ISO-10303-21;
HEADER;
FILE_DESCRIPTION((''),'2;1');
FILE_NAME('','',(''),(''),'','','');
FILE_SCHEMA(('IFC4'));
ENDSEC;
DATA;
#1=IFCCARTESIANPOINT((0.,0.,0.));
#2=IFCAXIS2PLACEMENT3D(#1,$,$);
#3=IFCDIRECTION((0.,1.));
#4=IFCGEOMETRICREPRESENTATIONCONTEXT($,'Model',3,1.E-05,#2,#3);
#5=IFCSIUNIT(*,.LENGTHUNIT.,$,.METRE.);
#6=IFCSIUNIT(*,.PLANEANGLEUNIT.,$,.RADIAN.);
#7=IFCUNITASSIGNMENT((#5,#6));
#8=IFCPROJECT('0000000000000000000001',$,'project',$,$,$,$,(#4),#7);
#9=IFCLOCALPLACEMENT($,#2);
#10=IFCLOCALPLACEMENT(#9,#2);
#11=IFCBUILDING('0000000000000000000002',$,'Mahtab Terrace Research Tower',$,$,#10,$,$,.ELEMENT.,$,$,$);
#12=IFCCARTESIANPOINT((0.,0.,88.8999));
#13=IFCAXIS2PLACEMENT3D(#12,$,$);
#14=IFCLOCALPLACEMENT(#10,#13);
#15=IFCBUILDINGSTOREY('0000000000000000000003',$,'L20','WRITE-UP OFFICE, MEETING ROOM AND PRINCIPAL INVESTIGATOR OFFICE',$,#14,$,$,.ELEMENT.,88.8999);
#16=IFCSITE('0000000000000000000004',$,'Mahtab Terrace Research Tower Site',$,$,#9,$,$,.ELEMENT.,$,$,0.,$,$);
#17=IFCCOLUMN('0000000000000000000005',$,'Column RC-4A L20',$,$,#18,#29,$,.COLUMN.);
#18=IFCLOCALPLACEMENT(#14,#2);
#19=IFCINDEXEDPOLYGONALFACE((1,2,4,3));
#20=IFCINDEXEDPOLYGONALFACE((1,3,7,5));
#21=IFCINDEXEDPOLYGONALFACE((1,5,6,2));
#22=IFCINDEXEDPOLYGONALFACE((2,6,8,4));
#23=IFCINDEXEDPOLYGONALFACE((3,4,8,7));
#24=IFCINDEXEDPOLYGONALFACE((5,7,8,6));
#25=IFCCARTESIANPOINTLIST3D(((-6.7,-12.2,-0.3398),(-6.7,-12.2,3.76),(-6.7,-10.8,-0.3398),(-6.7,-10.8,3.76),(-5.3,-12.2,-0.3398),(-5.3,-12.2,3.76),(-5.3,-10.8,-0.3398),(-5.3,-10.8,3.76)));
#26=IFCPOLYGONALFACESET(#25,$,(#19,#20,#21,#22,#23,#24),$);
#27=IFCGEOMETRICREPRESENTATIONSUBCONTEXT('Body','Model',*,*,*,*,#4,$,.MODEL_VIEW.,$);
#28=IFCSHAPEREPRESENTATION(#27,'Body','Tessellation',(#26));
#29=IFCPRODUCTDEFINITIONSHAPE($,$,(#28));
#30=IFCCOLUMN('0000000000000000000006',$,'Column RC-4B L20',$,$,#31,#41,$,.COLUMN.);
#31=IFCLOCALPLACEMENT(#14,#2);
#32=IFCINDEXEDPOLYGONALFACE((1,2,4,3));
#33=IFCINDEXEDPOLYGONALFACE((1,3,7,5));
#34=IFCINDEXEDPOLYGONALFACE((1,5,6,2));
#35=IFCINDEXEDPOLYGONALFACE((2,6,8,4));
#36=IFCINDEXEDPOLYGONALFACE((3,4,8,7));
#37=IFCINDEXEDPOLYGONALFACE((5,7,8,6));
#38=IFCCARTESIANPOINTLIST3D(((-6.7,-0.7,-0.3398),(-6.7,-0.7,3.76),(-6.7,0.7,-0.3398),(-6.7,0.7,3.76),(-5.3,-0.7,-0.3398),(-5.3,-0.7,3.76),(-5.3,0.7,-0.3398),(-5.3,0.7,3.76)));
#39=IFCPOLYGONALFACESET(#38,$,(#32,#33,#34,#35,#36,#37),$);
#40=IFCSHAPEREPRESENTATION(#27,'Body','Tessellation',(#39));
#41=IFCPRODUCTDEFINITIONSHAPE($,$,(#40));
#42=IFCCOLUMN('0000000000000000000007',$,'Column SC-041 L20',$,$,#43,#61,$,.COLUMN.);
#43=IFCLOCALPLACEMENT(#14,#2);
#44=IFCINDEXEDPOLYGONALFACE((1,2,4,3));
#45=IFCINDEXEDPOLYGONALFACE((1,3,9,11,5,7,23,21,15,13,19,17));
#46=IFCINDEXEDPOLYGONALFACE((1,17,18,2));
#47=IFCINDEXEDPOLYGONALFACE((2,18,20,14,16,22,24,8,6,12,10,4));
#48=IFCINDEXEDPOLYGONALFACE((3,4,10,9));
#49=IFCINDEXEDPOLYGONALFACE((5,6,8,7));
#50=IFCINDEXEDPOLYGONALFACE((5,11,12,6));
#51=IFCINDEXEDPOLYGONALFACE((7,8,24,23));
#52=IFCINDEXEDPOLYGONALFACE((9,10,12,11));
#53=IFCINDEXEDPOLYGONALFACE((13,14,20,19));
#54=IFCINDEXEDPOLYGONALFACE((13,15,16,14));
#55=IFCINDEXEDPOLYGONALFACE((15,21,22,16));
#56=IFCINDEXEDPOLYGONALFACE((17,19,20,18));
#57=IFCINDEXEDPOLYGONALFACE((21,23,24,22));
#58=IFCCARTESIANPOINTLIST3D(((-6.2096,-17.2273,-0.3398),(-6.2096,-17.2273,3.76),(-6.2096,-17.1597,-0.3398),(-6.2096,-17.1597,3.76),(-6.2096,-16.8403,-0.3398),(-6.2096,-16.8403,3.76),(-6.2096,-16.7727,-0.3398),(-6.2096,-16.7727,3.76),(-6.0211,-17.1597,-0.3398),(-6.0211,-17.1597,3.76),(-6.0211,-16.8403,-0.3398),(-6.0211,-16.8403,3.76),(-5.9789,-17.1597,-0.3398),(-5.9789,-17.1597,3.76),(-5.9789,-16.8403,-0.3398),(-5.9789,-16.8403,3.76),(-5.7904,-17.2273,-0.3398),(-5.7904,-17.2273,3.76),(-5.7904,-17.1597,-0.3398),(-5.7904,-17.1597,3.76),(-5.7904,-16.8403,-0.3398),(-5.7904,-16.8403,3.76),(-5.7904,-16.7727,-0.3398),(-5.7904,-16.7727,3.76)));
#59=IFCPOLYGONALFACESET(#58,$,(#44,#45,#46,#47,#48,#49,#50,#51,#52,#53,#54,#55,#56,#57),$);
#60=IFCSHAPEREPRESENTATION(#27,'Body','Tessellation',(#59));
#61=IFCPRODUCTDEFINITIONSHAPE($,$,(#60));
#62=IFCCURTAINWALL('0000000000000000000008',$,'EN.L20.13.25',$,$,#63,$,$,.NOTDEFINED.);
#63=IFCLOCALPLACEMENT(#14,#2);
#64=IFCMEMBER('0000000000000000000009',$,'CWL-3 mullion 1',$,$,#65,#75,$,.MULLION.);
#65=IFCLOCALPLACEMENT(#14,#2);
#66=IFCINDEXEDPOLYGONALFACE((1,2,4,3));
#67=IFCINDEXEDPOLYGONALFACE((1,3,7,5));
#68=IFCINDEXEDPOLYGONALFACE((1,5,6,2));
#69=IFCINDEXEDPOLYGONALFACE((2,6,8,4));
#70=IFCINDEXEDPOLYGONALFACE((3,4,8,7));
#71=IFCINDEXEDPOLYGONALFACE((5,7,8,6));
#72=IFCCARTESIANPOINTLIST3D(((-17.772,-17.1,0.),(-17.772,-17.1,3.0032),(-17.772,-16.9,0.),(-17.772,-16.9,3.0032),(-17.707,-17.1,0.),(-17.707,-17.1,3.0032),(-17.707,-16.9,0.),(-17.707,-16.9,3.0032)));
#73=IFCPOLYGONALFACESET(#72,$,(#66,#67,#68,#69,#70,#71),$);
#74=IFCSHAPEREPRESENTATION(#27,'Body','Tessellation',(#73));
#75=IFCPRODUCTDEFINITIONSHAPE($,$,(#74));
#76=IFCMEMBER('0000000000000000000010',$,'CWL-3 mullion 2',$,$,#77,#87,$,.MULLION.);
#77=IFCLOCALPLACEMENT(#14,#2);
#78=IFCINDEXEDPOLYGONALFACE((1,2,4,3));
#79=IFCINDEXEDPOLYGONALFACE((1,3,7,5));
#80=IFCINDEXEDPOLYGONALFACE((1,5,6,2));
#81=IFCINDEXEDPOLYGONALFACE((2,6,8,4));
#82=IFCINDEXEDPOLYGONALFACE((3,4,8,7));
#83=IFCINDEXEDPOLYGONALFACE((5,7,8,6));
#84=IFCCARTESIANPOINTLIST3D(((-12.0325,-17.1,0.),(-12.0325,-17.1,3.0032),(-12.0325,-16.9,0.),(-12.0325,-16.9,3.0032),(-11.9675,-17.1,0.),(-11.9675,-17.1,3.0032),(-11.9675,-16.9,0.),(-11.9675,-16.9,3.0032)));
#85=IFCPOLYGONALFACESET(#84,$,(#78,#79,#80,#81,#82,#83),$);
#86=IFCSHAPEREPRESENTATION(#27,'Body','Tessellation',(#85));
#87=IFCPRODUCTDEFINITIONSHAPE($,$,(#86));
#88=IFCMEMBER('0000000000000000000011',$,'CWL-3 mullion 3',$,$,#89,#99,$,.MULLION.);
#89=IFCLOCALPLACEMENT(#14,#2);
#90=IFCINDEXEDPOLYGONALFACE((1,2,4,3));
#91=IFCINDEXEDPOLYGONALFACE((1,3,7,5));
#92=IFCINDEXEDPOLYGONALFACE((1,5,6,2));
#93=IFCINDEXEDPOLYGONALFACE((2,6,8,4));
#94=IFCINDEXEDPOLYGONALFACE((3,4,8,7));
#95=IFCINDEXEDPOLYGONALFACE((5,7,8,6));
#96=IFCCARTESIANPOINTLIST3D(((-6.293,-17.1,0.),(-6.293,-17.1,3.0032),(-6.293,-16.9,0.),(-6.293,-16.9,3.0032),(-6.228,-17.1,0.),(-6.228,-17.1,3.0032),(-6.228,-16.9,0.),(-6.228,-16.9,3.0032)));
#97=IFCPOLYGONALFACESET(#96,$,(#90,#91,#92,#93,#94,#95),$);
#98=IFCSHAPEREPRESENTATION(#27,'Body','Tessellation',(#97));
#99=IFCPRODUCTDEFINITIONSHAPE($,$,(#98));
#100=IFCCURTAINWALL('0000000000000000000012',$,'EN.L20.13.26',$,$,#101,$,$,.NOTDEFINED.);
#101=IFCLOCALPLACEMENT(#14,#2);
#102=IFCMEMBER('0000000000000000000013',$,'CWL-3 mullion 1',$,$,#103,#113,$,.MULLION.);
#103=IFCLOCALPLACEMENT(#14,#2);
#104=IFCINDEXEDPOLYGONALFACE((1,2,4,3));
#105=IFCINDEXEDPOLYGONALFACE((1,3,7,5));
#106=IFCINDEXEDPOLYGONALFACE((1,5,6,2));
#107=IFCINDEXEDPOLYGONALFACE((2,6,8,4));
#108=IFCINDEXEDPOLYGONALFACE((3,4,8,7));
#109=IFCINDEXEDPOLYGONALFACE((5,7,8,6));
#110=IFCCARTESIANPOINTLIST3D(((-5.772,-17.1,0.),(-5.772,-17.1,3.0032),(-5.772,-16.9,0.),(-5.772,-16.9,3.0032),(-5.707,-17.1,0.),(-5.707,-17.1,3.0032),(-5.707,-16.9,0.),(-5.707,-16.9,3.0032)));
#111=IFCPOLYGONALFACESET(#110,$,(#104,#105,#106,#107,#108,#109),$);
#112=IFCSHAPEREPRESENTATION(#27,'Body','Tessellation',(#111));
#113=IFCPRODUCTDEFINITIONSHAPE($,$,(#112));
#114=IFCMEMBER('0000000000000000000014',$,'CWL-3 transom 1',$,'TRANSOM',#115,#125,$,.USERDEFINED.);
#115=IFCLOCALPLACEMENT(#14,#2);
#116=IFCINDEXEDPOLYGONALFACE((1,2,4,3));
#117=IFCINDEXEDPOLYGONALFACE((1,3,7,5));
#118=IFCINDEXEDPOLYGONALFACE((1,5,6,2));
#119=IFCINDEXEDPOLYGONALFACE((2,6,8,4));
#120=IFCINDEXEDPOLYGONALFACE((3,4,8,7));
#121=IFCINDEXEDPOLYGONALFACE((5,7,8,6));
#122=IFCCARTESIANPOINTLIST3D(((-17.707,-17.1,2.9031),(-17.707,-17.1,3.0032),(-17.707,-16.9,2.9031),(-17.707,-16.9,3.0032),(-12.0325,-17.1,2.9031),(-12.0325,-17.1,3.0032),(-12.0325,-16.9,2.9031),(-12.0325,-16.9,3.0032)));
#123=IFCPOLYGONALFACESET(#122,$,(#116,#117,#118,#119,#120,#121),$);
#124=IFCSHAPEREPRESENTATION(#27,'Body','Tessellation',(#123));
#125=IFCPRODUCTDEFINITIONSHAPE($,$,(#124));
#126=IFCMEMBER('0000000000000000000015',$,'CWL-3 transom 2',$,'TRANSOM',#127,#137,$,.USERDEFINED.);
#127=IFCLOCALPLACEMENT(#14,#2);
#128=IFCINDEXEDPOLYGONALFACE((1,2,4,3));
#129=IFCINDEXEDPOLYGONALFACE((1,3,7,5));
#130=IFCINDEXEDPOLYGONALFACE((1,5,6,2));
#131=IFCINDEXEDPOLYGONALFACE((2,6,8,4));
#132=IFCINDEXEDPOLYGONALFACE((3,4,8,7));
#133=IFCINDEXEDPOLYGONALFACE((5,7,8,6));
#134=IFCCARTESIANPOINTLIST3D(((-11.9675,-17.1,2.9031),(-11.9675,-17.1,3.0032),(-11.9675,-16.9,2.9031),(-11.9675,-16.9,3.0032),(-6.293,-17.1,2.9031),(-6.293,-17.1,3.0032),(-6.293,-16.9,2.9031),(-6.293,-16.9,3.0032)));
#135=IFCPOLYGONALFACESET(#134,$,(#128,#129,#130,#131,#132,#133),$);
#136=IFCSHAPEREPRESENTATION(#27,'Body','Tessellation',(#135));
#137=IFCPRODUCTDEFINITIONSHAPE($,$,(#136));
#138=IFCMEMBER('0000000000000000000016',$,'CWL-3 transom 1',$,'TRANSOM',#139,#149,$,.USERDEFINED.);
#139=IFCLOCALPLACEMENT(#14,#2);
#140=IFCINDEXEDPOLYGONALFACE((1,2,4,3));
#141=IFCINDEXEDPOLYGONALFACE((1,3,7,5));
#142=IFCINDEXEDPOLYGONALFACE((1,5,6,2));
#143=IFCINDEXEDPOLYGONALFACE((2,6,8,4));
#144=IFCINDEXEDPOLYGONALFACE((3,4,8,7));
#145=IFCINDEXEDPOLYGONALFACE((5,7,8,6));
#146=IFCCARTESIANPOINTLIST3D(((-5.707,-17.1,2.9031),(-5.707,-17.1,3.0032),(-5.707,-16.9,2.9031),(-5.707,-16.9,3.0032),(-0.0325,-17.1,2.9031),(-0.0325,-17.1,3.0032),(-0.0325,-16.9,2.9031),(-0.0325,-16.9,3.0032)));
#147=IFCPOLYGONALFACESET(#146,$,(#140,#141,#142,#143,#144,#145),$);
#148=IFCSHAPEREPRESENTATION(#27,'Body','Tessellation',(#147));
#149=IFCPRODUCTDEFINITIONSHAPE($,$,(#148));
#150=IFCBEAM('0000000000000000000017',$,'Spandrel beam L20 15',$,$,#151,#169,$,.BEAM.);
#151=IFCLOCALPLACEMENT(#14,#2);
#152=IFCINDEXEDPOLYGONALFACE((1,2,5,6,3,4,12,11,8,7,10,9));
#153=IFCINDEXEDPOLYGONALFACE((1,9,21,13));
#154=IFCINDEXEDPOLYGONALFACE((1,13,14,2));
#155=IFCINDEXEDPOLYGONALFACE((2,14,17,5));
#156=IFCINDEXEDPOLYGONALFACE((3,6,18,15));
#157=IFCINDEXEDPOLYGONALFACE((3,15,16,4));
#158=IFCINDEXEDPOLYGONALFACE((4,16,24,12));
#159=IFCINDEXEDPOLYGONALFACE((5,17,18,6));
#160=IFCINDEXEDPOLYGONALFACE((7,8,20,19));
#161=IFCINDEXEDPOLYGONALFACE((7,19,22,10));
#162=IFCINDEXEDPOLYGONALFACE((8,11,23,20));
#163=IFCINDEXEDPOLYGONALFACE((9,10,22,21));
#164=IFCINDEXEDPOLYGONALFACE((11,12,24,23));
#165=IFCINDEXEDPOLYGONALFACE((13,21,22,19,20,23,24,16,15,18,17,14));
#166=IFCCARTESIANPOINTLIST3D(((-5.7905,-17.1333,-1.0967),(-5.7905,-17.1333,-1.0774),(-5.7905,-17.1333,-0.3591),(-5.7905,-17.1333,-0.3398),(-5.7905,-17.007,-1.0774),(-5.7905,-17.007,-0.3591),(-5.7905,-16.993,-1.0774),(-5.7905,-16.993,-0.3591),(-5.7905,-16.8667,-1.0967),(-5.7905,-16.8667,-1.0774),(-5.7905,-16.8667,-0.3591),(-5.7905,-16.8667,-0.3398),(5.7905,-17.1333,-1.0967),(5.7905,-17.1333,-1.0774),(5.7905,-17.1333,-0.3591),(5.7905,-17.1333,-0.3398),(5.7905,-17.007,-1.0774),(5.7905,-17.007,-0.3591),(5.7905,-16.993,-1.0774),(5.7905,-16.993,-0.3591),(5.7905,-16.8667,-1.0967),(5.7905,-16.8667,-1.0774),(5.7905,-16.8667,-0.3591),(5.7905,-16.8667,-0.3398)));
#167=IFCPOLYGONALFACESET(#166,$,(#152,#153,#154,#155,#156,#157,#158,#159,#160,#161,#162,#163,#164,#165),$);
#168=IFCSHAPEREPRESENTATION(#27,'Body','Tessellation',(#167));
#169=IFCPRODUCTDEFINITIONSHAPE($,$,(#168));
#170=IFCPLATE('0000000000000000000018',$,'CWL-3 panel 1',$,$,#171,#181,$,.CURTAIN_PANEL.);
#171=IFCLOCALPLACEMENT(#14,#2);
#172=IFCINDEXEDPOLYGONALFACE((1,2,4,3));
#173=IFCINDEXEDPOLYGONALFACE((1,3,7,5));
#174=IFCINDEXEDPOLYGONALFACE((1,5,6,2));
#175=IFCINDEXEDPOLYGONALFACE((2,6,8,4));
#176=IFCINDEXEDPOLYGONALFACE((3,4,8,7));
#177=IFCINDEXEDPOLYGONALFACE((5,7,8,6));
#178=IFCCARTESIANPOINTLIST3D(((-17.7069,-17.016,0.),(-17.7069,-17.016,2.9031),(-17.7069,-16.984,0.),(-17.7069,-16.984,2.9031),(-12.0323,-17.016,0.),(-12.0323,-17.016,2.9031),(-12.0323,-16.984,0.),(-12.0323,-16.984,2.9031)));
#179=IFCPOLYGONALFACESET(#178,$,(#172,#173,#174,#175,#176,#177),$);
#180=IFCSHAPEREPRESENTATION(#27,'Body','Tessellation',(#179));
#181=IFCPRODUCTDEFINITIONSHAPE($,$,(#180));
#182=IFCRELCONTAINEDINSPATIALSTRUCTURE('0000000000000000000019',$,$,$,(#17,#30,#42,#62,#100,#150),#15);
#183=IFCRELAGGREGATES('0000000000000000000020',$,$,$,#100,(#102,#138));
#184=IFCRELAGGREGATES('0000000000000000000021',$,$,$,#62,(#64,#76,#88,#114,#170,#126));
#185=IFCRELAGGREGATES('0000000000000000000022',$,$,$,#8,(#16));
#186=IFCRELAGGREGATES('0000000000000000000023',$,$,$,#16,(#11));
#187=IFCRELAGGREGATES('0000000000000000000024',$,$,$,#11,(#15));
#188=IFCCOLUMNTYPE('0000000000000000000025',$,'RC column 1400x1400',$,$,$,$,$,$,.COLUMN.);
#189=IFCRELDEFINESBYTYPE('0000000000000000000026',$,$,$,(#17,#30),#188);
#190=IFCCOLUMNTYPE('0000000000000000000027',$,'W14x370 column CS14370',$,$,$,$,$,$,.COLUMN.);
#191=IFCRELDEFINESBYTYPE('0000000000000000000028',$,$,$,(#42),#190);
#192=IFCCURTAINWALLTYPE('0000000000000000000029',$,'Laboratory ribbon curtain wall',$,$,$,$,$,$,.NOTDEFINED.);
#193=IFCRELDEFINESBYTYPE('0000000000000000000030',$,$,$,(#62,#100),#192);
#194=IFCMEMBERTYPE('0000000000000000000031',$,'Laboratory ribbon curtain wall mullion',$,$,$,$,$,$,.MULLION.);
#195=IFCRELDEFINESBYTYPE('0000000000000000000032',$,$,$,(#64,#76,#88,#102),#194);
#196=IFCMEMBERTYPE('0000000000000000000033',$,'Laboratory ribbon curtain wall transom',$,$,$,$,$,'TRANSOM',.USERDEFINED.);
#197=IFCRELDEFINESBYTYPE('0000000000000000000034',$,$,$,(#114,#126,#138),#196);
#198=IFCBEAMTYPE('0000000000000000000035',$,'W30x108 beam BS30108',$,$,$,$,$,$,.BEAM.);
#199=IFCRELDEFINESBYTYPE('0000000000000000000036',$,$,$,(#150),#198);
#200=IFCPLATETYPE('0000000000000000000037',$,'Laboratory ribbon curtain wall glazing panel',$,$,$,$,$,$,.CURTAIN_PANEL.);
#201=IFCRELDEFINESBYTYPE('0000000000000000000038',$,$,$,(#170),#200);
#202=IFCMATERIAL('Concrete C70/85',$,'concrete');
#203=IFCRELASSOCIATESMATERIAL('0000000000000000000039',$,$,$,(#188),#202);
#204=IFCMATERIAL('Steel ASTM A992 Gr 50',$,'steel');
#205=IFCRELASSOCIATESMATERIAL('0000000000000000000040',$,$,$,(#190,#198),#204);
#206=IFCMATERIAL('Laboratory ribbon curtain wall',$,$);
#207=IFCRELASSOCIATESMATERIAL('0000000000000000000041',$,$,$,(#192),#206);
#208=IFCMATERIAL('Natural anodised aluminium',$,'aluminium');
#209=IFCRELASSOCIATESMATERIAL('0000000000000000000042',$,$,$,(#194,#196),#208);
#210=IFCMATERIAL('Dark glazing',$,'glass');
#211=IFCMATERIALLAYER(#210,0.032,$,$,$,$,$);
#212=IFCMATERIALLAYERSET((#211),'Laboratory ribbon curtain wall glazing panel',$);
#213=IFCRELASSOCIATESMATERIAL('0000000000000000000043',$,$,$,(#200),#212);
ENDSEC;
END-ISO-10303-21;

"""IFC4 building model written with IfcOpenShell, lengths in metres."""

from ifc_helpers import new_model, si_unit, direction, frame, origin, origin_2d, place, context, subcontext, project, spatial, rectangle, i_section, extrude, material, layer, layer_set, material_profile, profile_set, type_object, element, aggregate, save


model = new_model("IFC4")

# Units and contexts
model_context = context("Model", 3, precision=1e-05, world=origin(), true_north=direction((0.0, 1.0)))
body_context = subcontext(model_context, "Body", "Model", "MODEL_VIEW")
ifc_project = project(units=[si_unit("LENGTHUNIT", "METRE"), si_unit("PLANEANGLEUNIT", "RADIAN")], contexts=[model_context])

# Site, building, storey
site_placement = place(None, origin())
site = spatial("IfcSite", under=ifc_project, at=site_placement, Name="Mahtab Terrace Research Tower Site", CompositionType="ELEMENT", RefElevation=0.0)
building_placement = place(site_placement, origin())
building = spatial("IfcBuilding", under=site, at=building_placement, Name="Mahtab Terrace Research Tower", CompositionType="ELEMENT")
storey_placement = place(building_placement, frame((0.0, 0.0, 88.8999)))
storey = spatial("IfcBuildingStorey", under=building, at=storey_placement, Name="L20", Description="WRITE-UP OFFICE, MEETING ROOM AND PRINCIPAL INVESTIGATOR OFFICE", CompositionType="ELEMENT", Elevation=88.8999)

# Columns
ifc_material_1 = material(Name="Concrete C70/85", Category="concrete")
ifc_material_profile_1 = material_profile(ifc_material_1, rectangle(XDim=1.3999, YDim=1.3999, at=origin_2d()), Name="RC column 1400x1400")
ifc_profile_set_1 = profile_set([ifc_material_profile_1], Name="Concrete C70/85")
column_type_1 = type_object("IfcColumnType", Name="RC column 1400x1400", PredefinedType="COLUMN", material=ifc_profile_set_1)
for number, where, z_axis, x_axis, name in (
    (1, (-6.0, -11.5, -0.3398), (0.0, 0.0, 1.0), (1.0, 0.0, 0.0), "Column RC-4A L20"),
    (2, (-6.0, 0.0, -0.3398), (0.0, 0.0, 1.0), (1.0, 0.0, 0.0), "Column RC-4B L20"),
):
    element("IfcColumn", number, at=place(storey_placement, frame(where, z_axis=z_axis, x_axis=x_axis)), inside=storey, type_object=column_type_1, Name=name, PredefinedType="COLUMN", context=body_context, shape_type="SweptSolid", body=[
        extrude(rectangle(XDim=1.3999, YDim=1.3999, at=origin_2d()), origin(), (0.0, 0.0, 1.0), 4.0999),
    ])
ifc_material_2 = material(Name="Steel ASTM A992 Gr 50", Category="steel")
ifc_material_profile_2 = material_profile(ifc_material_2, i_section(OverallWidth=0.4192, OverallDepth=0.4546, WebThickness=0.0422, FlangeThickness=0.0676, at=origin_2d()), Name="W14X370")
ifc_profile_set_2 = profile_set([ifc_material_profile_2], Name="Steel ASTM A992 Gr 50")
column_type_2 = type_object("IfcColumnType", Name="W14x370 column CS14370", PredefinedType="COLUMN", material=ifc_profile_set_2)
column_placement = place(storey_placement, frame((-6.0, -17.0, -0.3398), z_axis=(0.0, 0.0, 1.0), x_axis=(1.0, 0.0, 0.0)))
element("IfcColumn", 3, at=column_placement, inside=storey, type_object=column_type_2, Name="Column SC-041 L20", PredefinedType="COLUMN", context=body_context, shape_type="SweptSolid", body=[
    extrude(i_section(OverallWidth=0.4192, OverallDepth=0.4546, WebThickness=0.0422, FlangeThickness=0.0676, at=origin_2d()), origin(), (0.0, 0.0, 1.0), 4.0999),
])

# Curtain wall, members
ifc_material_3 = material(Name="Laboratory ribbon curtain wall")
curtain_wall_type = type_object("IfcCurtainWallType", Name="Laboratory ribbon curtain wall", PredefinedType="NOTDEFINED", material=ifc_material_3)
curtain_wall_1_placement = place(storey_placement, origin())
curtain_wall_1 = element("IfcCurtainWall", 4, at=curtain_wall_1_placement, inside=storey, type_object=curtain_wall_type, Name="EN.L20.13.25", PredefinedType="NOTDEFINED")
ifc_material_4 = material(Name="Natural anodised aluminium", Category="aluminium")
ifc_material_profile_3 = material_profile(ifc_material_4, rectangle(XDim=0.2, YDim=0.0649, at=origin_2d()), Name="MULLION 65x200")
ifc_profile_set_3 = profile_set([ifc_material_profile_3], Name="Natural anodised aluminium")
member_type_1 = type_object("IfcMemberType", Name="Laboratory ribbon curtain wall mullion", PredefinedType="MULLION", material=ifc_profile_set_3)
member_1_placement = place(storey_placement, frame((-17.7395, -17.0, 0.0), z_axis=(0.0, 0.0, 1.0), x_axis=(0.0, 1.0, 0.0)))
member_1 = element("IfcMember", 5, at=member_1_placement, type_object=member_type_1, Name="CWL-3 mullion 1", PredefinedType="MULLION", context=body_context, shape_type="SweptSolid", body=[
    extrude(rectangle(XDim=0.2, YDim=0.0649, at=origin_2d()), origin(), (0.0, 0.0, 1.0), 3.0032),
])
member_2_placement = place(storey_placement, frame((-12.0, -17.0, 0.0), z_axis=(0.0, 0.0, 1.0), x_axis=(0.0, 1.0, 0.0)))
member_2 = element("IfcMember", 6, at=member_2_placement, type_object=member_type_1, Name="CWL-3 mullion 2", PredefinedType="MULLION", context=body_context, shape_type="SweptSolid", body=[
    extrude(rectangle(XDim=0.2, YDim=0.0649, at=origin_2d()), origin(), (0.0, 0.0, 1.0), 3.0032),
])
member_3_placement = place(storey_placement, frame((-6.2605, -17.0, 0.0), z_axis=(0.0, 0.0, 1.0), x_axis=(0.0, 1.0, 0.0)))
member_3 = element("IfcMember", 7, at=member_3_placement, type_object=member_type_1, Name="CWL-3 mullion 3", PredefinedType="MULLION", context=body_context, shape_type="SweptSolid", body=[
    extrude(rectangle(XDim=0.2, YDim=0.0649, at=origin_2d()), origin(), (0.0, 0.0, 1.0), 3.0032),
])

# Curtain wall, member
curtain_wall_2_placement = place(storey_placement, origin())
curtain_wall_2 = element("IfcCurtainWall", 8, at=curtain_wall_2_placement, inside=storey, type_object=curtain_wall_type, Name="EN.L20.13.26", PredefinedType="NOTDEFINED")
member_4_placement = place(storey_placement, frame((-5.7395, -17.0, 0.0), z_axis=(0.0, 0.0, 1.0), x_axis=(0.0, 1.0, 0.0)))
member_4 = element("IfcMember", 9, at=member_4_placement, type_object=member_type_1, Name="CWL-3 mullion 1", PredefinedType="MULLION", context=body_context, shape_type="SweptSolid", body=[
    extrude(rectangle(XDim=0.2, YDim=0.0649, at=origin_2d()), origin(), (0.0, 0.0, 1.0), 3.0032),
])

# Members
ifc_material_profile_4 = material_profile(ifc_material_4, rectangle(XDim=0.2, YDim=0.1001, at=origin_2d()), Name="TRANSOM 100x200")
ifc_profile_set_4 = profile_set([ifc_material_profile_4], Name="Natural anodised aluminium")
member_type_2 = type_object("IfcMemberType", Name="Laboratory ribbon curtain wall transom", ElementType="TRANSOM", PredefinedType="USERDEFINED", material=ifc_profile_set_4)
member_5_placement = place(storey_placement, frame((-17.707, -17.0, 2.9531), z_axis=(1.0, 0.0, 0.0), x_axis=(0.0, 1.0, 0.0)))
member_5 = element("IfcMember", 10, at=member_5_placement, type_object=member_type_2, Name="CWL-3 transom 1", ObjectType="TRANSOM", PredefinedType="USERDEFINED", context=body_context, shape_type="SweptSolid", body=[
    extrude(rectangle(XDim=0.2, YDim=0.1001, at=origin_2d()), origin(), (0.0, 0.0, 1.0), 5.6746),
])
member_6_placement = place(storey_placement, frame((-11.9675, -17.0, 2.9531), z_axis=(1.0, 0.0, 0.0), x_axis=(0.0, 1.0, 0.0)))
member_6 = element("IfcMember", 11, at=member_6_placement, type_object=member_type_2, Name="CWL-3 transom 2", ObjectType="TRANSOM", PredefinedType="USERDEFINED", context=body_context, shape_type="SweptSolid", body=[
    extrude(rectangle(XDim=0.2, YDim=0.1001, at=origin_2d()), origin(), (0.0, 0.0, 1.0), 5.6746),
])
member_7_placement = place(storey_placement, frame((-5.707, -17.0, 2.9531), z_axis=(1.0, 0.0, 0.0), x_axis=(0.0, 1.0, 0.0)))
member_7 = element("IfcMember", 12, at=member_7_placement, type_object=member_type_2, Name="CWL-3 transom 1", ObjectType="TRANSOM", PredefinedType="USERDEFINED", context=body_context, shape_type="SweptSolid", body=[
    extrude(rectangle(XDim=0.2, YDim=0.1001, at=origin_2d()), origin(), (0.0, 0.0, 1.0), 5.6746),
])
aggregate(curtain_wall_2, [member_4, member_7])

# Beam
ifc_material_profile_5 = material_profile(ifc_material_2, i_section(OverallWidth=0.2666, OverallDepth=0.7568, WebThickness=0.0139, FlangeThickness=0.0193, at=origin_2d()), Name="W30X108")
ifc_profile_set_5 = profile_set([ifc_material_profile_5], Name="Steel ASTM A992 Gr 50")
beam_type = type_object("IfcBeamType", Name="W30x108 beam BS30108", PredefinedType="BEAM", material=ifc_profile_set_5)
beam_placement = place(storey_placement, frame((-5.7905, -17.0, -0.7183), z_axis=(1.0, 0.0, 0.0), x_axis=(0.0, 1.0, 0.0)))
element("IfcBeam", 13, at=beam_placement, inside=storey, type_object=beam_type, Name="Spandrel beam L20 15", PredefinedType="BEAM", context=body_context, shape_type="SweptSolid", body=[
    extrude(i_section(OverallWidth=0.2666, OverallDepth=0.7568, WebThickness=0.0139, FlangeThickness=0.0193, at=origin_2d()), origin(), (0.0, 0.0, 1.0), 11.5811),
])

# Plate
ifc_material_5 = material(Name="Dark glazing", Category="glass")
ifc_layer_1 = layer(ifc_material_5, 0.032)
ifc_layer_set_1 = layer_set([ifc_layer_1], Name="Laboratory ribbon curtain wall glazing panel")
plate_type = type_object("IfcPlateType", Name="Laboratory ribbon curtain wall glazing panel", PredefinedType="CURTAIN_PANEL", material=ifc_layer_set_1)
plate_1_placement = place(storey_placement, frame((-14.8696, -17.0, 0.0), z_axis=(0.0, 0.0, 1.0), x_axis=(1.0, 0.0, 0.0)))
plate_1 = element("IfcPlate", 14, at=plate_1_placement, type_object=plate_type, Name="CWL-3 panel 1", PredefinedType="CURTAIN_PANEL", context=body_context, shape_type="SweptSolid", body=[
    extrude(rectangle(XDim=5.6746, YDim=0.032, at=origin_2d()), origin(), (0.0, 0.0, 1.0), 2.9031),
])
aggregate(curtain_wall_1, [member_1, member_2, member_3, member_5, plate_1, member_6])

save(model, "model.ifc")
